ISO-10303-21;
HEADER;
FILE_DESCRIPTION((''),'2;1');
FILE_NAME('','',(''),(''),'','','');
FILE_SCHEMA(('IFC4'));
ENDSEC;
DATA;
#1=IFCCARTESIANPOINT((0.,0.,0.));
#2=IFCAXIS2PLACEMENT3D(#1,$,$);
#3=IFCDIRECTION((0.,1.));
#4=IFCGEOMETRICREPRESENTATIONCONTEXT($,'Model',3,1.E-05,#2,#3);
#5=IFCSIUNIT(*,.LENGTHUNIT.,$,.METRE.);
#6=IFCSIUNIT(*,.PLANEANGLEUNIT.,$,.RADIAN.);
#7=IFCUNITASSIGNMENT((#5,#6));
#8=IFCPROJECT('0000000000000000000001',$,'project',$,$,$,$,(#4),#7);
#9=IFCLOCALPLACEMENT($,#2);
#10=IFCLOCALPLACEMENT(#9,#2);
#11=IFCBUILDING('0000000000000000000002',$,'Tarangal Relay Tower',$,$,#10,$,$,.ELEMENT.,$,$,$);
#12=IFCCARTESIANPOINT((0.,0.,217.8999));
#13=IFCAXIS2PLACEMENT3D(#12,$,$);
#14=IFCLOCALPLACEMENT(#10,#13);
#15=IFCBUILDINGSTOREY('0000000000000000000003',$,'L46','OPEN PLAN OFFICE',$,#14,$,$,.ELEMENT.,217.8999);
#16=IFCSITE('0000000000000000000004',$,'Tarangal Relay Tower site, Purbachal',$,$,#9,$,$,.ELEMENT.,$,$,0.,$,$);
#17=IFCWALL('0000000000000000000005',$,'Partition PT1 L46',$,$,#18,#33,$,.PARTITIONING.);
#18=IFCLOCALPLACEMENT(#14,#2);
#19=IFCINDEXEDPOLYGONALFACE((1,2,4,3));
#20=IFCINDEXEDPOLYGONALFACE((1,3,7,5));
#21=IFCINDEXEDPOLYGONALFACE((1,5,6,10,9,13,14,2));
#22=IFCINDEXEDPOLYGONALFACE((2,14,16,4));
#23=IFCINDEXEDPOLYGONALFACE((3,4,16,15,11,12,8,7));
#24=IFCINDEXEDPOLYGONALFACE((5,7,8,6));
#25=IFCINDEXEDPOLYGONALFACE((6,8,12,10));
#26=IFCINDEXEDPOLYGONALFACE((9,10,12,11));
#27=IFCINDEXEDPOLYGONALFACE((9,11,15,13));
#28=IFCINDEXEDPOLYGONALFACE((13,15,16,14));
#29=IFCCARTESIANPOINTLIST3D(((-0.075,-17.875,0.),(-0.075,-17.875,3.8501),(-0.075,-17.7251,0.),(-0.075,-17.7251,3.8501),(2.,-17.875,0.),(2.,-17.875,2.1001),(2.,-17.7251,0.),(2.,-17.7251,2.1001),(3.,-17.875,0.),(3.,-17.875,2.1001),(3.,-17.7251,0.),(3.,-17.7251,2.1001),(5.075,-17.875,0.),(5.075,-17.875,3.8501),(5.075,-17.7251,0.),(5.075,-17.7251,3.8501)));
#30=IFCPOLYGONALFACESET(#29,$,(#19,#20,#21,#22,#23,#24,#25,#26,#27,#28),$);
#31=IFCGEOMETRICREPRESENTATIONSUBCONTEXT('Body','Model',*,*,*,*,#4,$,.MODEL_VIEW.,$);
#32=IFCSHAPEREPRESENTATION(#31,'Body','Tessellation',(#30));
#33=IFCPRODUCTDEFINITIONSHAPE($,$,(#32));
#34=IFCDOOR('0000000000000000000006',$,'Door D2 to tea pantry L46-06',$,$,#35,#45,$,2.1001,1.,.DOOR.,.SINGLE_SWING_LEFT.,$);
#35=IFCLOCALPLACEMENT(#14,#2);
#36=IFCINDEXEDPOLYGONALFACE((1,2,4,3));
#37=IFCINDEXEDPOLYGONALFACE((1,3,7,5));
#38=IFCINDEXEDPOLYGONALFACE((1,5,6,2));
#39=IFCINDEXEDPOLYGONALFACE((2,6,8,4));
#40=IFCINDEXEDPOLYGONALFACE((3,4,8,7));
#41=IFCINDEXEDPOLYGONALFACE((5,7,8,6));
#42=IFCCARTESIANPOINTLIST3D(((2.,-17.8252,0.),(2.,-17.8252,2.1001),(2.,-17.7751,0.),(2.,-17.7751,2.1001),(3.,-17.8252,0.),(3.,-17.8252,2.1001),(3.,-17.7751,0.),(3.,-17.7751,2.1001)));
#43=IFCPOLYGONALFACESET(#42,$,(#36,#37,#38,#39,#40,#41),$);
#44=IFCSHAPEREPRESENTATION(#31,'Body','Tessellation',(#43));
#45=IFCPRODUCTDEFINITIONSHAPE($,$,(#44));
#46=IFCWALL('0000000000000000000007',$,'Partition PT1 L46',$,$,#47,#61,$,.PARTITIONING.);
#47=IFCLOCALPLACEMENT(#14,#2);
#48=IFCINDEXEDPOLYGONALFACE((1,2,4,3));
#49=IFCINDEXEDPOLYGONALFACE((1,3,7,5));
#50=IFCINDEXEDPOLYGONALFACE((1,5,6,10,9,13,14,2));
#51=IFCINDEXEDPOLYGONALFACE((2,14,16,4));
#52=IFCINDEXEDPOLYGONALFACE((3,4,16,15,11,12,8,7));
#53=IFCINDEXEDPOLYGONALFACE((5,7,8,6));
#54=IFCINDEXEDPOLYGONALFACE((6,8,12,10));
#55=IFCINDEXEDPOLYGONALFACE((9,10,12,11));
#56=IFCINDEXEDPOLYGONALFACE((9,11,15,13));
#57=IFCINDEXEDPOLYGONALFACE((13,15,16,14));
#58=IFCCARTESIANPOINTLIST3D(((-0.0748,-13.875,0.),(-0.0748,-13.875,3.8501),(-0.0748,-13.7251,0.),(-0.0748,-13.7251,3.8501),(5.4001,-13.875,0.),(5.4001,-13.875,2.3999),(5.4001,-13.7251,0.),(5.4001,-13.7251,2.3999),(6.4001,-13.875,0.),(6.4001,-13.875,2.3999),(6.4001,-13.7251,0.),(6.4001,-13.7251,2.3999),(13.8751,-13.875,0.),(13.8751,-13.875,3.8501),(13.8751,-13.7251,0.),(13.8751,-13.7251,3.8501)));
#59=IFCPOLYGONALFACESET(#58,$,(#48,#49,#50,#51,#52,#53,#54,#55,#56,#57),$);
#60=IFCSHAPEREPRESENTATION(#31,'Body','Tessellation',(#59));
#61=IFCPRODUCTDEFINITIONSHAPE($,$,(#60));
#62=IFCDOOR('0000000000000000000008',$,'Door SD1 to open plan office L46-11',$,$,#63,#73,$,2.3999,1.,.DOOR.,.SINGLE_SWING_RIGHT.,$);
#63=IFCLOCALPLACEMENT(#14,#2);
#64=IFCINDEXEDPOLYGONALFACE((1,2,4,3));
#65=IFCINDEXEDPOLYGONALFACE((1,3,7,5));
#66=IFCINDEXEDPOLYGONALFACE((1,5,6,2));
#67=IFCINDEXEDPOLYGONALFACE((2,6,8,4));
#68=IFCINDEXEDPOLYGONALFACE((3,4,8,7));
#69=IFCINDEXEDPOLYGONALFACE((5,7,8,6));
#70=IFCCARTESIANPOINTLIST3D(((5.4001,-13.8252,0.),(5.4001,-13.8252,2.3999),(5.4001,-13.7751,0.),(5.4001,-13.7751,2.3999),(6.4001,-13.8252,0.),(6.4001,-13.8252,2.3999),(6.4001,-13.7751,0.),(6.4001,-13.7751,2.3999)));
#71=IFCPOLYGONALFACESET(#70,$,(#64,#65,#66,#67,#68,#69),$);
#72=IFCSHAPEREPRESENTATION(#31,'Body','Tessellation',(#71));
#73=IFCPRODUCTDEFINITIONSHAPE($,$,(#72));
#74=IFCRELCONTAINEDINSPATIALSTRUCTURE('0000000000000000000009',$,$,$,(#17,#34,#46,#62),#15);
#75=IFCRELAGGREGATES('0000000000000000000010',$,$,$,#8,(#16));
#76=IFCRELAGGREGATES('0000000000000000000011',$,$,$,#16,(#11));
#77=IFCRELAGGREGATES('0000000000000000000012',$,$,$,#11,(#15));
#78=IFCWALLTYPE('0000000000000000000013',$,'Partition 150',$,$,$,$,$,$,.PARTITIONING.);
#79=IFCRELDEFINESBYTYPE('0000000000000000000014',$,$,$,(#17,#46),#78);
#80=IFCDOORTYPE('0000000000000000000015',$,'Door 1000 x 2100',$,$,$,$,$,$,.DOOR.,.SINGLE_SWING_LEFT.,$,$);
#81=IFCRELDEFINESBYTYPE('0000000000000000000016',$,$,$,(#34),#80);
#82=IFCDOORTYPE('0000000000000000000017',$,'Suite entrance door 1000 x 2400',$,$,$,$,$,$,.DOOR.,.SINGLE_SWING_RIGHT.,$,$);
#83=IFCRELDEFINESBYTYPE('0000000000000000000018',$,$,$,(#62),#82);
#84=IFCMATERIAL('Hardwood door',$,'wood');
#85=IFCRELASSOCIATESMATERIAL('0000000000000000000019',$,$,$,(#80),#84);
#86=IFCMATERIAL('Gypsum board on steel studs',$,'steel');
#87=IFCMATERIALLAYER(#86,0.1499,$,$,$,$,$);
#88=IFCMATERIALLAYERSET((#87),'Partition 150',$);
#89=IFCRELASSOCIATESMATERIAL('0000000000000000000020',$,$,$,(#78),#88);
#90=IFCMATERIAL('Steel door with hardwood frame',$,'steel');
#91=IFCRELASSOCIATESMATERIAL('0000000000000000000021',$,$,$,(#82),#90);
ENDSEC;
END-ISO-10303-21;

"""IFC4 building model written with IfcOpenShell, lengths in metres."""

from ifc_helpers import new_model, si_unit, direction, frame, frame_2d, origin, place, context, subcontext, project, spatial, rectangle, extrude, material, layer, layer_set, type_object, element, fill, save


model = new_model("IFC4")

# Units and contexts
model_context = context("Model", 3, precision=1e-05, world=origin(), true_north=direction((0.0, 1.0)))
body_context = subcontext(model_context, "Body", "Model", "MODEL_VIEW")
ifc_project = project(units=[si_unit("LENGTHUNIT", "METRE"), si_unit("PLANEANGLEUNIT", "RADIAN")], contexts=[model_context])

# Site, building, storey
site_placement = place(None, origin())
site = spatial("IfcSite", under=ifc_project, at=site_placement, Name="Tarangal Relay Tower site, Purbachal", CompositionType="ELEMENT", RefElevation=0.0)
building_placement = place(site_placement, origin())
building = spatial("IfcBuilding", under=site, at=building_placement, Name="Tarangal Relay Tower", CompositionType="ELEMENT")
storey_placement = place(building_placement, frame((0.0, 0.0, 217.8999)))
storey = spatial("IfcBuildingStorey", under=building, at=storey_placement, Name="L46", Description="OPEN PLAN OFFICE", CompositionType="ELEMENT", Elevation=217.8999)

# Shared definitions
ifc_material_1 = material(Name="Hardwood door", Category="wood")
door_type_1 = type_object("IfcDoorType", Name="Door 1000 x 2100", OperationType="SINGLE_SWING_LEFT", PredefinedType="DOOR", material=ifc_material_1)

# Walls, openings, doors
ifc_material_2 = material(Name="Gypsum board on steel studs", Category="steel")
ifc_layer_1 = layer(ifc_material_2, 0.1499)
ifc_layer_set_1 = layer_set([ifc_layer_1], Name="Partition 150")
wall_type_1 = type_object("IfcWallType", Name="Partition 150", PredefinedType="PARTITIONING", material=ifc_layer_set_1)
wall_1_placement = place(storey_placement, frame((-0.075, -17.8, 0.0), z_axis=(0.0, 0.0, 1.0), x_axis=(1.0, 0.0, 0.0)))
wall_1 = element("IfcWall", 1, at=wall_1_placement, inside=storey, type_object=wall_type_1, Name="Partition PT1 L46", PredefinedType="PARTITIONING", context=body_context, shape_type="SweptSolid", body=[
    extrude(rectangle(XDim=5.1499, YDim=0.1499, at=frame_2d((2.575, 0.0))), origin(), (0.0, 0.0, 1.0), 3.8501),
])
opening_1_placement = place(wall_1_placement, frame((2.075, 0.0, 0.0)))
opening_1 = element("IfcOpeningElement", 2, at=opening_1_placement, cuts=wall_1, PredefinedType="OPENING", context=body_context, shape_type="SweptSolid", body=[
    extrude(rectangle(XDim=1.0, YDim=2.1001, at=frame_2d((0.5, 1.05))), frame((0.0, 0.085, 0.0), z_axis=(0.0, -1.0, 0.0), x_axis=(1.0, 0.0, 0.0)), (0.0, 0.0, 1.0), 0.1699),
])
door_1_placement = place(opening_1_placement, origin())
door_1 = element("IfcDoor", 3, at=door_1_placement, inside=storey, type_object=door_type_1, Name="Door D2 to tea pantry L46-06", OperationType="SINGLE_SWING_LEFT", OverallHeight=2.1001, OverallWidth=1.0, PredefinedType="DOOR", context=body_context, shape_type="SweptSolid", body=[
    extrude(rectangle(XDim=1.0, YDim=2.1001, at=frame_2d((0.5, 1.05))), frame((0.0, 0.0249, 0.0), z_axis=(0.0, -1.0, 0.0), x_axis=(1.0, 0.0, 0.0)), (0.0, 0.0, 1.0), 0.05),
])
fill(opening_1, door_1)
wall_2_placement = place(storey_placement, frame((-0.075, -13.8, 0.0), z_axis=(0.0, 0.0, 1.0), x_axis=(1.0, 0.0, 0.0)))
wall_2 = element("IfcWall", 4, at=wall_2_placement, inside=storey, type_object=wall_type_1, Name="Partition PT1 L46", PredefinedType="PARTITIONING", context=body_context, shape_type="SweptSolid", body=[
    extrude(rectangle(XDim=13.95, YDim=0.1499, at=frame_2d((6.9751, 0.0))), origin(), (0.0, 0.0, 1.0), 3.8501),
])
opening_2_placement = place(wall_2_placement, frame((5.4751, 0.0, 0.0)))
opening_2 = element("IfcOpeningElement", 5, at=opening_2_placement, cuts=wall_2, PredefinedType="OPENING", context=body_context, shape_type="SweptSolid", body=[
    extrude(rectangle(XDim=1.0, YDim=2.3999, at=frame_2d((0.5, 1.2))), frame((0.0, 0.085, 0.0), z_axis=(0.0, -1.0, 0.0), x_axis=(1.0, 0.0, 0.0)), (0.0, 0.0, 1.0), 0.1699),
])
ifc_material_3 = material(Name="Steel door with hardwood frame", Category="steel")
door_type_2 = type_object("IfcDoorType", Name="Suite entrance door 1000 x 2400", OperationType="SINGLE_SWING_RIGHT", PredefinedType="DOOR", material=ifc_material_3)
door_2_placement = place(opening_2_placement, origin())
door_2 = element("IfcDoor", 6, at=door_2_placement, inside=storey, type_object=door_type_2, Name="Door SD1 to open plan office L46-11", OperationType="SINGLE_SWING_RIGHT", OverallHeight=2.3999, OverallWidth=1.0, PredefinedType="DOOR", context=body_context, shape_type="SweptSolid", body=[
    extrude(rectangle(XDim=1.0, YDim=2.3999, at=frame_2d((0.5, 1.2))), frame((0.0, 0.0249, 0.0), z_axis=(0.0, -1.0, 0.0), x_axis=(1.0, 0.0, 0.0)), (0.0, 0.0, 1.0), 0.05),
])
fill(opening_2, door_2)

save(model, "model.ifc")
